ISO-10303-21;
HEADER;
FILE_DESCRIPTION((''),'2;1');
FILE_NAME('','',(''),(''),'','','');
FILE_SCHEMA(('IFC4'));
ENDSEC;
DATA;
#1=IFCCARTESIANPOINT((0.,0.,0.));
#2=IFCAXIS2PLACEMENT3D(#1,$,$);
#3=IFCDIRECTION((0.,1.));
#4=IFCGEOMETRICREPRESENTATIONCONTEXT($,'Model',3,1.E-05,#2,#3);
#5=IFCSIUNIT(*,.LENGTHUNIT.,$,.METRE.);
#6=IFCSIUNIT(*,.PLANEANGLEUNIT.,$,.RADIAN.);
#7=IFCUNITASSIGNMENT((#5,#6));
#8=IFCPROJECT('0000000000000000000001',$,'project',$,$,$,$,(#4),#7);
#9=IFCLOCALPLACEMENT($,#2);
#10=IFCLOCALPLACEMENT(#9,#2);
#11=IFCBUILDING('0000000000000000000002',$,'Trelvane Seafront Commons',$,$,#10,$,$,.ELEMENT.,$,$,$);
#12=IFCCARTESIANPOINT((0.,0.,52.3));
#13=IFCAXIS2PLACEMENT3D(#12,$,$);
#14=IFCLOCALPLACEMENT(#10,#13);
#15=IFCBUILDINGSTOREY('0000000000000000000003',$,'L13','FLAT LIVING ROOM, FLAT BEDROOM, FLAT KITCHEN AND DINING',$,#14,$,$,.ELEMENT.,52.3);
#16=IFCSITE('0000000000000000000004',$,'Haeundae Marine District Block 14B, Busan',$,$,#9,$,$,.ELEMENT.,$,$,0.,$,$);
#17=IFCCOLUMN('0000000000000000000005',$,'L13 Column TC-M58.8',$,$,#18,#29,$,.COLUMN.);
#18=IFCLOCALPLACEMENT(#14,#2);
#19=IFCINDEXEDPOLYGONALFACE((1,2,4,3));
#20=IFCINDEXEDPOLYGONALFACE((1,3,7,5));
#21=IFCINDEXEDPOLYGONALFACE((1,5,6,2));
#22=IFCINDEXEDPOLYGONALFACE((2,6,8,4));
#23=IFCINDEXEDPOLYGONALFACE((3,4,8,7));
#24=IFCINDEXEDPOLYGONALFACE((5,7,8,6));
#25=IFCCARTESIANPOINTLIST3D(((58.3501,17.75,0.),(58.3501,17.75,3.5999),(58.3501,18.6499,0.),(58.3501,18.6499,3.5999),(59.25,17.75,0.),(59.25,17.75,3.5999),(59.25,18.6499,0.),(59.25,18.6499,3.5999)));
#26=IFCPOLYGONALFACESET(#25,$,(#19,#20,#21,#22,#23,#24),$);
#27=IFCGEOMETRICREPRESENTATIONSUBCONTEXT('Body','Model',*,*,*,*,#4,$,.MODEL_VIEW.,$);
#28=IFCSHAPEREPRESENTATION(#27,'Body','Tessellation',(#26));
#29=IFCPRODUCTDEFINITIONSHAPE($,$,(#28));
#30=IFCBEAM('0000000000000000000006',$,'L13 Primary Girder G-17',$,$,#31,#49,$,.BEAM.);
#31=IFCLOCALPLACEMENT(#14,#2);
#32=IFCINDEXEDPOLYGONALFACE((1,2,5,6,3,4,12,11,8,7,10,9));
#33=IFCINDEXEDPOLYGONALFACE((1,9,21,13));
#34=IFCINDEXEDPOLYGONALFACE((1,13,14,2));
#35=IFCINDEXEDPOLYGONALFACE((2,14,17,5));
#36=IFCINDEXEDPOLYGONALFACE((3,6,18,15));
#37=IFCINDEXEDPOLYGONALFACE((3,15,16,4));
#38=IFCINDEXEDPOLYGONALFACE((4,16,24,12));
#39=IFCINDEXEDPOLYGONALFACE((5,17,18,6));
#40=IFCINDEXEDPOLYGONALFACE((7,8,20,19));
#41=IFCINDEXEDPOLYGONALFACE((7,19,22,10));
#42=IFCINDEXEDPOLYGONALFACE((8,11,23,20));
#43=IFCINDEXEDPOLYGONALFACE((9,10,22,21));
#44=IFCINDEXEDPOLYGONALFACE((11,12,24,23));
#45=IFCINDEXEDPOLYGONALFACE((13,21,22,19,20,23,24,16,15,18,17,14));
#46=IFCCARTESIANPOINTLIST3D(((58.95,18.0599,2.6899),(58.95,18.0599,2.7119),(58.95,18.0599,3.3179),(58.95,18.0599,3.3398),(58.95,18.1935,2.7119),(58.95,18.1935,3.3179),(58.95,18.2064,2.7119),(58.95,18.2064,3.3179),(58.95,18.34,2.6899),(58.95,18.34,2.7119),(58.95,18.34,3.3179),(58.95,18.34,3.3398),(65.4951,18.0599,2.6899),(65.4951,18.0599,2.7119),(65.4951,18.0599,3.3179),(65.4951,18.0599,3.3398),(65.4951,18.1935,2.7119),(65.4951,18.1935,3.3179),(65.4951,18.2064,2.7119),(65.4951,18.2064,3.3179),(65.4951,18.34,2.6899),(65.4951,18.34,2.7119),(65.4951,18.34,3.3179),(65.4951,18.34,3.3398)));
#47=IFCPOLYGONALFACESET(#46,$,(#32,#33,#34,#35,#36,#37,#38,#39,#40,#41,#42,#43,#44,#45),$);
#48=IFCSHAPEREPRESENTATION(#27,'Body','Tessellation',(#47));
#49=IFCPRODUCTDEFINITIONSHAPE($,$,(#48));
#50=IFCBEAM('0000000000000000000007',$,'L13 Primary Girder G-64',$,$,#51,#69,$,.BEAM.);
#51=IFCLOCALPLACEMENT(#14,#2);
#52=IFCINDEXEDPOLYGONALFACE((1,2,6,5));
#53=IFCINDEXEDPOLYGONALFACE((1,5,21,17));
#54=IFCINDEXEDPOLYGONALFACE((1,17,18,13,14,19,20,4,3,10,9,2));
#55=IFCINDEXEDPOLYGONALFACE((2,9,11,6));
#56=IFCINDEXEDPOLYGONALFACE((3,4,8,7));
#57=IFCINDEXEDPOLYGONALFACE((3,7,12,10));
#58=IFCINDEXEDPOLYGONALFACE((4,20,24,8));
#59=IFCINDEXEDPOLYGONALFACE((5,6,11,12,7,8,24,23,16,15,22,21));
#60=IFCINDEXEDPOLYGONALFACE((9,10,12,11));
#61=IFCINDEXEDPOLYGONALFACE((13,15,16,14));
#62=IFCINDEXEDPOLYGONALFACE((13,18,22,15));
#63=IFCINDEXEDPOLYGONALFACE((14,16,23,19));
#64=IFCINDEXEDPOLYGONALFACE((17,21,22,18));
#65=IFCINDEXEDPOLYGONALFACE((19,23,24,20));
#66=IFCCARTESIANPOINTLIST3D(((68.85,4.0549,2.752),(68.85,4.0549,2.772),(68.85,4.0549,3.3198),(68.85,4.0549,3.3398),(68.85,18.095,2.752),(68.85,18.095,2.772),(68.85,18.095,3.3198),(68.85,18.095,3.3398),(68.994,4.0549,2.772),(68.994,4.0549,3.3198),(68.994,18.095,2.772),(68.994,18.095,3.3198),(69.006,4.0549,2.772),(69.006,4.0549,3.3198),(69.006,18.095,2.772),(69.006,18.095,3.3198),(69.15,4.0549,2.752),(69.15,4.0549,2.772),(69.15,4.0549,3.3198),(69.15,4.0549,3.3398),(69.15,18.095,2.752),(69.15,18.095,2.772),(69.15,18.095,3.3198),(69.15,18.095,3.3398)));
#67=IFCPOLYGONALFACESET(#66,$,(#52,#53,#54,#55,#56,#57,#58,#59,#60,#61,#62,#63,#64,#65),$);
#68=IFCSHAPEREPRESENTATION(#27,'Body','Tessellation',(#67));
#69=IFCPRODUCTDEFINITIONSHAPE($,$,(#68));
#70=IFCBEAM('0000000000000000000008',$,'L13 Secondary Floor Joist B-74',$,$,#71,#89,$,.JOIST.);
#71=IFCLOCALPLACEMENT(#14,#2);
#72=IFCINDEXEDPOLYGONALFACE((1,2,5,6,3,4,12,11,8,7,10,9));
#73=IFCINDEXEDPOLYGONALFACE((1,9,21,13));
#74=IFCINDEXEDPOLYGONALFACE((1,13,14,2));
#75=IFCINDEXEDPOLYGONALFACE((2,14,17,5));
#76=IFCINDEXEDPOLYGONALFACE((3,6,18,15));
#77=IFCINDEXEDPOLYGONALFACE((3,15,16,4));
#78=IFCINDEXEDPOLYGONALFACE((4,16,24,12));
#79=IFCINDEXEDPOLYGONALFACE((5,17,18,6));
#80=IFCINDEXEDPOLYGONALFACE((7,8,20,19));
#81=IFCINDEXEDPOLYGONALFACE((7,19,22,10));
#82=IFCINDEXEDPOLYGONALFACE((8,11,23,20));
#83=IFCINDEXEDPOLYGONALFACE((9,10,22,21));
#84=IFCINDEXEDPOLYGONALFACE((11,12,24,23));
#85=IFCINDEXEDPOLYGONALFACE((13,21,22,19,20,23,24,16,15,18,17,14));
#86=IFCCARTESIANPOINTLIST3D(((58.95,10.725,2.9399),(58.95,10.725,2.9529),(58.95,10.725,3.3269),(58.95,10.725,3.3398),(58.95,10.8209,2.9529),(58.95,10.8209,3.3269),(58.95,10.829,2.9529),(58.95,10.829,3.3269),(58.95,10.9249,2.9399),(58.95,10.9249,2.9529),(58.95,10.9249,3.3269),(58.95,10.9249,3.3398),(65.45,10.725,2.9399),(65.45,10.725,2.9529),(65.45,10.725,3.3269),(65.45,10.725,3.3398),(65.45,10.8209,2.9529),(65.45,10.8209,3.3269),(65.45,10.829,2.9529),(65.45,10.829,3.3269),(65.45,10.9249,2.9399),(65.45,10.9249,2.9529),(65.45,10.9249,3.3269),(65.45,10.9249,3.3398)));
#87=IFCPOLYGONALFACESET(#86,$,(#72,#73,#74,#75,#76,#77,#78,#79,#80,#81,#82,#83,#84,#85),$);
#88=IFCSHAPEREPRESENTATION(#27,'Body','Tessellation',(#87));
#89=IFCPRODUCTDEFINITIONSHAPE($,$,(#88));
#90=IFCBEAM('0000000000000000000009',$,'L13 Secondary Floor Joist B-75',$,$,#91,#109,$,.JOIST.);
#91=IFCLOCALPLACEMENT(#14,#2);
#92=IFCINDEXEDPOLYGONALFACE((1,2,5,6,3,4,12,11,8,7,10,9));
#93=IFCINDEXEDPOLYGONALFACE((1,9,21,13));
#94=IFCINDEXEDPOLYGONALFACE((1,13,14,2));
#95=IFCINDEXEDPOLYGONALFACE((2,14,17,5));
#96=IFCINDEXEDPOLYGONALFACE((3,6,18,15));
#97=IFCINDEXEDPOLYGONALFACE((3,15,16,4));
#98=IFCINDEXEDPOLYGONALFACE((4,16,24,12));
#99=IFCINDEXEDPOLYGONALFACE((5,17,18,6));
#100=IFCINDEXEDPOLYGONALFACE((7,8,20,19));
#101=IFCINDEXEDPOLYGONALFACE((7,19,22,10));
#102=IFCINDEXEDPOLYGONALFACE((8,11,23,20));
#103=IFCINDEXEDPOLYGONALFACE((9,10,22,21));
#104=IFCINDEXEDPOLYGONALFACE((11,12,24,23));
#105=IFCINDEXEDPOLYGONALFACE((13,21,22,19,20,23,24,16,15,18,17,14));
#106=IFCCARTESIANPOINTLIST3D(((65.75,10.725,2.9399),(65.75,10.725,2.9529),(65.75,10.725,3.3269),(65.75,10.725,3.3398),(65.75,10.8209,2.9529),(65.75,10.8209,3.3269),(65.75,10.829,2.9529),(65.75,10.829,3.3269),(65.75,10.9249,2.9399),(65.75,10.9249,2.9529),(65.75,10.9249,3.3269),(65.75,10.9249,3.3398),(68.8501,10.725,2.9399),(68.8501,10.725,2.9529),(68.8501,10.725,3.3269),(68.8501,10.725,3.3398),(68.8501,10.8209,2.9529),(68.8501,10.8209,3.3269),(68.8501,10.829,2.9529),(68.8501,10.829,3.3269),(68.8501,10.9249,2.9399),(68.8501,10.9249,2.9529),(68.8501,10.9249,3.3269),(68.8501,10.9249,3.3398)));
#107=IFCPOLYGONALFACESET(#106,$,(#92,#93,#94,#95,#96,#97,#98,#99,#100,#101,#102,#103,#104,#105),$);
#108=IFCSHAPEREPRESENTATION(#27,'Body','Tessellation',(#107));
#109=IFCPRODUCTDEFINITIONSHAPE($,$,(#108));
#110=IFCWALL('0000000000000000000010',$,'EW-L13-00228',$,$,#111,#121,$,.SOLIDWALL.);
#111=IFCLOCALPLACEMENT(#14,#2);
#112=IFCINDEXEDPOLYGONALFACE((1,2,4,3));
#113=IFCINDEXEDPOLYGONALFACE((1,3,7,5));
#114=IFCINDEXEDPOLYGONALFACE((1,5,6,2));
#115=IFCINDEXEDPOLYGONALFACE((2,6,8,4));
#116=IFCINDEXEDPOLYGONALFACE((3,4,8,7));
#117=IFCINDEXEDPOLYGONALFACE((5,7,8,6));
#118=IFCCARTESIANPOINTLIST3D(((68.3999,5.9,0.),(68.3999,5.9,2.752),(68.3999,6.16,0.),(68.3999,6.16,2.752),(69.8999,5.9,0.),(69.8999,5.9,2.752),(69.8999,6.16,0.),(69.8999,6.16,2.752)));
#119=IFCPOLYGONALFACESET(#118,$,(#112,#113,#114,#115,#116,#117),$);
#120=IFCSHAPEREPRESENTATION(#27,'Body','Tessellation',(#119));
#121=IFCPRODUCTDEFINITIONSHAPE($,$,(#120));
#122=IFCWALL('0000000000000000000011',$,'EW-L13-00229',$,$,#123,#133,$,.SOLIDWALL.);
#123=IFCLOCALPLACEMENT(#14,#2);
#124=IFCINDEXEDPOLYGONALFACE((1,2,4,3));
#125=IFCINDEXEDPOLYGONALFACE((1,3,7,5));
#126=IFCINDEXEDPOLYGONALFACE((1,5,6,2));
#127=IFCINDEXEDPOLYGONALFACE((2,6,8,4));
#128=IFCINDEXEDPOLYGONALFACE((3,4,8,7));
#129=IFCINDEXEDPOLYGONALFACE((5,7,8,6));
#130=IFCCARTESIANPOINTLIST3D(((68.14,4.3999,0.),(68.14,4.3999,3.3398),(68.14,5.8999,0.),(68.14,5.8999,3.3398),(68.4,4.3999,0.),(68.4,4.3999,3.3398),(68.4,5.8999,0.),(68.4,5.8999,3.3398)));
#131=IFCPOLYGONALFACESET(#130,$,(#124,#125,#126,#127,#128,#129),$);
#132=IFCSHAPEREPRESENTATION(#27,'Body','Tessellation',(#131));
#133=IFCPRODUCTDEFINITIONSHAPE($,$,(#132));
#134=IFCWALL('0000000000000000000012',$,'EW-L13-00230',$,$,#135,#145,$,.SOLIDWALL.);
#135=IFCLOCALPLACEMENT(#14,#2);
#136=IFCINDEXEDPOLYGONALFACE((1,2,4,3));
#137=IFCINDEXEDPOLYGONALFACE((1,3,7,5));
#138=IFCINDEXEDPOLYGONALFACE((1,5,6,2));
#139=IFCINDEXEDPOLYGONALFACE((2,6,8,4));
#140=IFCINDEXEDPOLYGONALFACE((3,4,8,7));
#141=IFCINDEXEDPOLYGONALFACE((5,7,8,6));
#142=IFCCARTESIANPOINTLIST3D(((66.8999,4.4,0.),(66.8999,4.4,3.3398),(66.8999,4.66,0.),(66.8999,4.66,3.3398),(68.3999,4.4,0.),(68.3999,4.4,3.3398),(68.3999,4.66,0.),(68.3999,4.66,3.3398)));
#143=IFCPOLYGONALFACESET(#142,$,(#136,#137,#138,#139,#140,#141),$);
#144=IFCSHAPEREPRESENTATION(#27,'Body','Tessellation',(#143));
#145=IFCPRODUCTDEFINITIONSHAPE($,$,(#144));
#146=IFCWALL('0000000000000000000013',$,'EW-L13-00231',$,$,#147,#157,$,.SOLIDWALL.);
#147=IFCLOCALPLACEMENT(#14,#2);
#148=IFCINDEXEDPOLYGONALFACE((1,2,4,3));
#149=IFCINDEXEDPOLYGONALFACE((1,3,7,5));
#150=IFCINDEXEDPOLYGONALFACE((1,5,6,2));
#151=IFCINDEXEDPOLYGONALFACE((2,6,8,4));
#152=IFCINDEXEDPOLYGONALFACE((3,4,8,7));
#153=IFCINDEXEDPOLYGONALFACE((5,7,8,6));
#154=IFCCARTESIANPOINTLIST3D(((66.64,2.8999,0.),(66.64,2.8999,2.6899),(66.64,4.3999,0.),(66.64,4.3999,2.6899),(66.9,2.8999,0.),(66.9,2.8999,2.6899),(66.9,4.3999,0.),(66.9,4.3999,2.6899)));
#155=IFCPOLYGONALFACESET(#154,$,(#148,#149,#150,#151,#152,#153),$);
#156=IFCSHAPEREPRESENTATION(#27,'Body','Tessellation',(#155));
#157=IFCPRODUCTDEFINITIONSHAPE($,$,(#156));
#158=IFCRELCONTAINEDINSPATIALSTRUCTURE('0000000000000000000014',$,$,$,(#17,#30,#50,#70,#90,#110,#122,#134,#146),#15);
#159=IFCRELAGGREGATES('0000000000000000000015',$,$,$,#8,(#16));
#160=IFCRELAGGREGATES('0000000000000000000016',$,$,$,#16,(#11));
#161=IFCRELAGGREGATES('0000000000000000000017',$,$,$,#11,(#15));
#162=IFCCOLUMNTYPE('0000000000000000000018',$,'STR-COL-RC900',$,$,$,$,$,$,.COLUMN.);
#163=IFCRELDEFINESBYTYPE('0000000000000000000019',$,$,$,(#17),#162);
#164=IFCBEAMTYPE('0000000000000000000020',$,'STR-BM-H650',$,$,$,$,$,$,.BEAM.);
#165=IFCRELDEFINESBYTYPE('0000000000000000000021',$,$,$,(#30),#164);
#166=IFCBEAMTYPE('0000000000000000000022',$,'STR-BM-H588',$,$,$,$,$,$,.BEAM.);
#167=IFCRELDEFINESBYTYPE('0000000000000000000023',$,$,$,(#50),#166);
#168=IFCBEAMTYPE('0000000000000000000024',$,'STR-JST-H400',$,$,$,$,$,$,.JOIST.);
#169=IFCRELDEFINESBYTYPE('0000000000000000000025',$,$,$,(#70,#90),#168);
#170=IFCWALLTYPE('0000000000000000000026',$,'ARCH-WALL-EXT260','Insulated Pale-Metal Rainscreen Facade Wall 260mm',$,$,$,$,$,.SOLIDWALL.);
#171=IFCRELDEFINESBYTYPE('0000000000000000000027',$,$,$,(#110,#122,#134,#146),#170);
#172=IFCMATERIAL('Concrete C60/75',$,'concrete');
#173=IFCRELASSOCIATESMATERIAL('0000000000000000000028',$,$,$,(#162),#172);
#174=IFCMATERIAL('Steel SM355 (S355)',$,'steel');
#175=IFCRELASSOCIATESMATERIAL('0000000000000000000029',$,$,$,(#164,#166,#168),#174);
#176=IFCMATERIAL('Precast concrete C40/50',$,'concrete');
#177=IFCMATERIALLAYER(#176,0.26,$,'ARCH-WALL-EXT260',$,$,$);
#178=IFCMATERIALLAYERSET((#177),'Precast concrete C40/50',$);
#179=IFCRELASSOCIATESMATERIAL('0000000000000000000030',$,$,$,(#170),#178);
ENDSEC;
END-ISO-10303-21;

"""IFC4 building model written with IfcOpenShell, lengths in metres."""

from ifc_helpers import new_model, si_unit, direction, frame, frame_2d, origin, origin_2d, place, context, subcontext, project, spatial, rectangle, i_section, extrude, source, transform, mapped, material, layer, layer_set, material_profile, profile_set, type_object, element, save


model = new_model("IFC4")

# Units and contexts
model_context = context("Model", 3, precision=1e-05, world=origin(), true_north=direction((0.0, 1.0)))
body_context = subcontext(model_context, "Body", "Model", "MODEL_VIEW")
ifc_project = project(units=[si_unit("LENGTHUNIT", "METRE"), si_unit("PLANEANGLEUNIT", "RADIAN")], contexts=[model_context])

# Site, building, storey
site_placement = place(None, origin())
site = spatial("IfcSite", under=ifc_project, at=site_placement, Name="Haeundae Marine District Block 14B, Busan", CompositionType="ELEMENT", RefElevation=0.0)
building_placement = place(site_placement, origin())
building = spatial("IfcBuilding", under=site, at=building_placement, Name="Trelvane Seafront Commons", CompositionType="ELEMENT")
storey_placement = place(building_placement, frame((0.0, 0.0, 52.3)))
storey = spatial("IfcBuildingStorey", under=building, at=storey_placement, Name="L13", Description="FLAT LIVING ROOM, FLAT BEDROOM, FLAT KITCHEN AND DINING", CompositionType="ELEMENT", Elevation=52.3)

# Column
ifc_material_1 = material(Name="Concrete C60/75", Category="concrete")
ifc_material_profile_1 = material_profile(ifc_material_1, rectangle(XDim=0.8999, YDim=0.8999, at=origin_2d()), Name="RC-900x900")
ifc_profile_set_1 = profile_set([ifc_material_profile_1], Name="Concrete C60/75")
column_type = type_object("IfcColumnType", Name="STR-COL-RC900", PredefinedType="COLUMN", material=ifc_profile_set_1)
shared_shape_1 = source(origin(), body_context, "Body", "SweptSolid", [
    extrude(rectangle(XDim=0.8999, YDim=0.8999, at=origin_2d()), origin(), (0.0, 0.0, 1.0), 3.5999),
])
column_placement = place(storey_placement, frame((58.8, 18.2, 0.0), z_axis=(0.0, 0.0, 1.0), x_axis=(1.0, 0.0, 0.0)))
element("IfcColumn", 1, at=column_placement, inside=storey, type_object=column_type, Name="L13 Column TC-M58.8", PredefinedType="COLUMN", context=body_context, shape_type="MappedRepresentation", body=[
    mapped(shared_shape_1, transform((0.0, 0.0, 0.0), x_axis=(1.0, 0.0, 0.0), y_axis=(0.0, 1.0, 0.0), z_axis=(0.0, 0.0, 1.0), scale=1.0)),
])

# Beams
ifc_material_2 = material(Name="Steel SM355 (S355)", Category="steel")
ifc_material_profile_2 = material_profile(ifc_material_2, i_section(OverallWidth=0.28, OverallDepth=0.6499, WebThickness=0.0129, FlangeThickness=0.022, at=origin_2d()), Name="H-650x280x13x22")
ifc_profile_set_2 = profile_set([ifc_material_profile_2], Name="Steel SM355 (S355)")
beam_type_1 = type_object("IfcBeamType", Name="STR-BM-H650", PredefinedType="BEAM", material=ifc_profile_set_2)
shared_shape_2 = source(origin(), body_context, "Body", "SweptSolid", [
    extrude(i_section(OverallWidth=0.28, OverallDepth=0.6499, WebThickness=0.0129, FlangeThickness=0.022, at=origin_2d()), origin(), (0.0, 0.0, 1.0), 6.5452),
])
beam_1_placement = place(storey_placement, frame((58.95, 18.2, 3.0149), z_axis=(1.0, 0.0, 0.0), x_axis=(0.0, 1.0, 0.0)))
element("IfcBeam", 2, at=beam_1_placement, inside=storey, type_object=beam_type_1, Name="L13 Primary Girder G-17", PredefinedType="BEAM", context=body_context, shape_type="MappedRepresentation", body=[
    mapped(shared_shape_2, transform((0.0, 0.0, 0.0), x_axis=(1.0, 0.0, 0.0), y_axis=(0.0, 1.0, 0.0), z_axis=(0.0, 0.0, 1.0), scale=1.0)),
])
ifc_material_profile_3 = material_profile(ifc_material_2, i_section(OverallWidth=0.3, OverallDepth=0.5879, WebThickness=0.012, FlangeThickness=0.02, at=origin_2d()), Name="H-588x300x12x20")
ifc_profile_set_3 = profile_set([ifc_material_profile_3], Name="Steel SM355 (S355)")
beam_type_2 = type_object("IfcBeamType", Name="STR-BM-H588", PredefinedType="BEAM", material=ifc_profile_set_3)
shared_shape_3 = source(origin(), body_context, "Body", "SweptSolid", [
    extrude(i_section(OverallWidth=0.3, OverallDepth=0.5879, WebThickness=0.012, FlangeThickness=0.02, at=origin_2d()), origin(), (0.0, 0.0, 1.0), 14.04),
])
beam_2_placement = place(storey_placement, frame((69.0, 4.0549, 3.0459), z_axis=(0.0, 1.0, 0.0), x_axis=(-1.0, 0.0, 0.0)))
element("IfcBeam", 3, at=beam_2_placement, inside=storey, type_object=beam_type_2, Name="L13 Primary Girder G-64", PredefinedType="BEAM", context=body_context, shape_type="MappedRepresentation", body=[
    mapped(shared_shape_3, transform((0.0, 0.0, 0.0), x_axis=(1.0, 0.0, 0.0), y_axis=(0.0, 1.0, 0.0), z_axis=(0.0, 0.0, 1.0), scale=1.0)),
])
ifc_material_profile_4 = material_profile(ifc_material_2, i_section(OverallWidth=0.2, OverallDepth=0.3999, WebThickness=0.0081, FlangeThickness=0.0129, at=origin_2d()), Name="H-400x200x8x13")
ifc_profile_set_4 = profile_set([ifc_material_profile_4], Name="Steel SM355 (S355)")
beam_type_3 = type_object("IfcBeamType", Name="STR-JST-H400", PredefinedType="JOIST", material=ifc_profile_set_4)
shared_shape_4 = source(origin(), body_context, "Body", "SweptSolid", [
    extrude(i_section(OverallWidth=0.2, OverallDepth=0.3999, WebThickness=0.0081, FlangeThickness=0.0129, at=origin_2d()), origin(), (0.0, 0.0, 1.0), 6.5),
])
beam_3_placement = place(storey_placement, frame((58.95, 10.825, 3.1399), z_axis=(1.0, 0.0, 0.0), x_axis=(0.0, 1.0, 0.0)))
element("IfcBeam", 4, at=beam_3_placement, inside=storey, type_object=beam_type_3, Name="L13 Secondary Floor Joist B-74", PredefinedType="JOIST", context=body_context, shape_type="MappedRepresentation", body=[
    mapped(shared_shape_4, transform((0.0, 0.0, 0.0), x_axis=(1.0, 0.0, 0.0), y_axis=(0.0, 1.0, 0.0), z_axis=(0.0, 0.0, 1.0), scale=1.0)),
])
shared_shape_5 = source(origin(), body_context, "Body", "SweptSolid", [
    extrude(i_section(OverallWidth=0.2, OverallDepth=0.3999, WebThickness=0.0081, FlangeThickness=0.0129, at=origin_2d()), origin(), (0.0, 0.0, 1.0), 3.1001),
])
beam_4_placement = place(storey_placement, frame((65.75, 10.825, 3.1399), z_axis=(1.0, 0.0, 0.0), x_axis=(0.0, 1.0, 0.0)))
element("IfcBeam", 5, at=beam_4_placement, inside=storey, type_object=beam_type_3, Name="L13 Secondary Floor Joist B-75", PredefinedType="JOIST", context=body_context, shape_type="MappedRepresentation", body=[
    mapped(shared_shape_5, transform((0.0, 0.0, 0.0), x_axis=(1.0, 0.0, 0.0), y_axis=(0.0, 1.0, 0.0), z_axis=(0.0, 0.0, 1.0), scale=1.0)),
])

# Walls
ifc_material_3 = material(Name="Precast concrete C40/50", Category="concrete")
ifc_layer_1 = layer(ifc_material_3, 0.26, Name="ARCH-WALL-EXT260")
ifc_layer_set_1 = layer_set([ifc_layer_1], Name="Precast concrete C40/50")
wall_type_1 = type_object("IfcWallType", Name="ARCH-WALL-EXT260", Description="Insulated Pale-Metal Rainscreen Facade Wall 260mm", PredefinedType="SOLIDWALL", material=ifc_layer_set_1)
wall_1_placement = place(storey_placement, frame((69.8999, 6.03, 0.0), z_axis=(0.0, 0.0, 1.0), x_axis=(-1.0, 0.0, 0.0)))
element("IfcWall", 6, at=wall_1_placement, inside=storey, type_object=wall_type_1, Name="EW-L13-00228", PredefinedType="SOLIDWALL", context=body_context, shape_type="SweptSolid", body=[
    extrude(rectangle(XDim=1.5, YDim=0.26, at=frame_2d((0.75, 0.0))), origin(), (0.0, 0.0, 1.0), 2.752),
])
for number, where, z_axis, x_axis, name in (
    (7, (68.27, 5.8999, 0.0), (0.0, 0.0, 1.0), (0.0, -1.0, 0.0), "EW-L13-00229"),
    (8, (68.3999, 4.53, 0.0), (0.0, 0.0, 1.0), (-1.0, 0.0, 0.0), "EW-L13-00230"),
):
    element("IfcWall", number, at=place(storey_placement, frame(where, z_axis=z_axis, x_axis=x_axis)), inside=storey, type_object=wall_type_1, Name=name, PredefinedType="SOLIDWALL", context=body_context, shape_type="SweptSolid", body=[
        extrude(rectangle(XDim=1.5, YDim=0.26, at=frame_2d((0.75, 0.0))), origin(), (0.0, 0.0, 1.0), 3.3398),
    ])
wall_2_placement = place(storey_placement, frame((66.77, 4.3999, 0.0), z_axis=(0.0, 0.0, 1.0), x_axis=(0.0, -1.0, 0.0)))
element("IfcWall", 9, at=wall_2_placement, inside=storey, type_object=wall_type_1, Name="EW-L13-00231", PredefinedType="SOLIDWALL", context=body_context, shape_type="SweptSolid", body=[
    extrude(rectangle(XDim=1.5, YDim=0.26, at=frame_2d((0.75, 0.0))), origin(), (0.0, 0.0, 1.0), 2.6899),
])

save(model, "model.ifc")
